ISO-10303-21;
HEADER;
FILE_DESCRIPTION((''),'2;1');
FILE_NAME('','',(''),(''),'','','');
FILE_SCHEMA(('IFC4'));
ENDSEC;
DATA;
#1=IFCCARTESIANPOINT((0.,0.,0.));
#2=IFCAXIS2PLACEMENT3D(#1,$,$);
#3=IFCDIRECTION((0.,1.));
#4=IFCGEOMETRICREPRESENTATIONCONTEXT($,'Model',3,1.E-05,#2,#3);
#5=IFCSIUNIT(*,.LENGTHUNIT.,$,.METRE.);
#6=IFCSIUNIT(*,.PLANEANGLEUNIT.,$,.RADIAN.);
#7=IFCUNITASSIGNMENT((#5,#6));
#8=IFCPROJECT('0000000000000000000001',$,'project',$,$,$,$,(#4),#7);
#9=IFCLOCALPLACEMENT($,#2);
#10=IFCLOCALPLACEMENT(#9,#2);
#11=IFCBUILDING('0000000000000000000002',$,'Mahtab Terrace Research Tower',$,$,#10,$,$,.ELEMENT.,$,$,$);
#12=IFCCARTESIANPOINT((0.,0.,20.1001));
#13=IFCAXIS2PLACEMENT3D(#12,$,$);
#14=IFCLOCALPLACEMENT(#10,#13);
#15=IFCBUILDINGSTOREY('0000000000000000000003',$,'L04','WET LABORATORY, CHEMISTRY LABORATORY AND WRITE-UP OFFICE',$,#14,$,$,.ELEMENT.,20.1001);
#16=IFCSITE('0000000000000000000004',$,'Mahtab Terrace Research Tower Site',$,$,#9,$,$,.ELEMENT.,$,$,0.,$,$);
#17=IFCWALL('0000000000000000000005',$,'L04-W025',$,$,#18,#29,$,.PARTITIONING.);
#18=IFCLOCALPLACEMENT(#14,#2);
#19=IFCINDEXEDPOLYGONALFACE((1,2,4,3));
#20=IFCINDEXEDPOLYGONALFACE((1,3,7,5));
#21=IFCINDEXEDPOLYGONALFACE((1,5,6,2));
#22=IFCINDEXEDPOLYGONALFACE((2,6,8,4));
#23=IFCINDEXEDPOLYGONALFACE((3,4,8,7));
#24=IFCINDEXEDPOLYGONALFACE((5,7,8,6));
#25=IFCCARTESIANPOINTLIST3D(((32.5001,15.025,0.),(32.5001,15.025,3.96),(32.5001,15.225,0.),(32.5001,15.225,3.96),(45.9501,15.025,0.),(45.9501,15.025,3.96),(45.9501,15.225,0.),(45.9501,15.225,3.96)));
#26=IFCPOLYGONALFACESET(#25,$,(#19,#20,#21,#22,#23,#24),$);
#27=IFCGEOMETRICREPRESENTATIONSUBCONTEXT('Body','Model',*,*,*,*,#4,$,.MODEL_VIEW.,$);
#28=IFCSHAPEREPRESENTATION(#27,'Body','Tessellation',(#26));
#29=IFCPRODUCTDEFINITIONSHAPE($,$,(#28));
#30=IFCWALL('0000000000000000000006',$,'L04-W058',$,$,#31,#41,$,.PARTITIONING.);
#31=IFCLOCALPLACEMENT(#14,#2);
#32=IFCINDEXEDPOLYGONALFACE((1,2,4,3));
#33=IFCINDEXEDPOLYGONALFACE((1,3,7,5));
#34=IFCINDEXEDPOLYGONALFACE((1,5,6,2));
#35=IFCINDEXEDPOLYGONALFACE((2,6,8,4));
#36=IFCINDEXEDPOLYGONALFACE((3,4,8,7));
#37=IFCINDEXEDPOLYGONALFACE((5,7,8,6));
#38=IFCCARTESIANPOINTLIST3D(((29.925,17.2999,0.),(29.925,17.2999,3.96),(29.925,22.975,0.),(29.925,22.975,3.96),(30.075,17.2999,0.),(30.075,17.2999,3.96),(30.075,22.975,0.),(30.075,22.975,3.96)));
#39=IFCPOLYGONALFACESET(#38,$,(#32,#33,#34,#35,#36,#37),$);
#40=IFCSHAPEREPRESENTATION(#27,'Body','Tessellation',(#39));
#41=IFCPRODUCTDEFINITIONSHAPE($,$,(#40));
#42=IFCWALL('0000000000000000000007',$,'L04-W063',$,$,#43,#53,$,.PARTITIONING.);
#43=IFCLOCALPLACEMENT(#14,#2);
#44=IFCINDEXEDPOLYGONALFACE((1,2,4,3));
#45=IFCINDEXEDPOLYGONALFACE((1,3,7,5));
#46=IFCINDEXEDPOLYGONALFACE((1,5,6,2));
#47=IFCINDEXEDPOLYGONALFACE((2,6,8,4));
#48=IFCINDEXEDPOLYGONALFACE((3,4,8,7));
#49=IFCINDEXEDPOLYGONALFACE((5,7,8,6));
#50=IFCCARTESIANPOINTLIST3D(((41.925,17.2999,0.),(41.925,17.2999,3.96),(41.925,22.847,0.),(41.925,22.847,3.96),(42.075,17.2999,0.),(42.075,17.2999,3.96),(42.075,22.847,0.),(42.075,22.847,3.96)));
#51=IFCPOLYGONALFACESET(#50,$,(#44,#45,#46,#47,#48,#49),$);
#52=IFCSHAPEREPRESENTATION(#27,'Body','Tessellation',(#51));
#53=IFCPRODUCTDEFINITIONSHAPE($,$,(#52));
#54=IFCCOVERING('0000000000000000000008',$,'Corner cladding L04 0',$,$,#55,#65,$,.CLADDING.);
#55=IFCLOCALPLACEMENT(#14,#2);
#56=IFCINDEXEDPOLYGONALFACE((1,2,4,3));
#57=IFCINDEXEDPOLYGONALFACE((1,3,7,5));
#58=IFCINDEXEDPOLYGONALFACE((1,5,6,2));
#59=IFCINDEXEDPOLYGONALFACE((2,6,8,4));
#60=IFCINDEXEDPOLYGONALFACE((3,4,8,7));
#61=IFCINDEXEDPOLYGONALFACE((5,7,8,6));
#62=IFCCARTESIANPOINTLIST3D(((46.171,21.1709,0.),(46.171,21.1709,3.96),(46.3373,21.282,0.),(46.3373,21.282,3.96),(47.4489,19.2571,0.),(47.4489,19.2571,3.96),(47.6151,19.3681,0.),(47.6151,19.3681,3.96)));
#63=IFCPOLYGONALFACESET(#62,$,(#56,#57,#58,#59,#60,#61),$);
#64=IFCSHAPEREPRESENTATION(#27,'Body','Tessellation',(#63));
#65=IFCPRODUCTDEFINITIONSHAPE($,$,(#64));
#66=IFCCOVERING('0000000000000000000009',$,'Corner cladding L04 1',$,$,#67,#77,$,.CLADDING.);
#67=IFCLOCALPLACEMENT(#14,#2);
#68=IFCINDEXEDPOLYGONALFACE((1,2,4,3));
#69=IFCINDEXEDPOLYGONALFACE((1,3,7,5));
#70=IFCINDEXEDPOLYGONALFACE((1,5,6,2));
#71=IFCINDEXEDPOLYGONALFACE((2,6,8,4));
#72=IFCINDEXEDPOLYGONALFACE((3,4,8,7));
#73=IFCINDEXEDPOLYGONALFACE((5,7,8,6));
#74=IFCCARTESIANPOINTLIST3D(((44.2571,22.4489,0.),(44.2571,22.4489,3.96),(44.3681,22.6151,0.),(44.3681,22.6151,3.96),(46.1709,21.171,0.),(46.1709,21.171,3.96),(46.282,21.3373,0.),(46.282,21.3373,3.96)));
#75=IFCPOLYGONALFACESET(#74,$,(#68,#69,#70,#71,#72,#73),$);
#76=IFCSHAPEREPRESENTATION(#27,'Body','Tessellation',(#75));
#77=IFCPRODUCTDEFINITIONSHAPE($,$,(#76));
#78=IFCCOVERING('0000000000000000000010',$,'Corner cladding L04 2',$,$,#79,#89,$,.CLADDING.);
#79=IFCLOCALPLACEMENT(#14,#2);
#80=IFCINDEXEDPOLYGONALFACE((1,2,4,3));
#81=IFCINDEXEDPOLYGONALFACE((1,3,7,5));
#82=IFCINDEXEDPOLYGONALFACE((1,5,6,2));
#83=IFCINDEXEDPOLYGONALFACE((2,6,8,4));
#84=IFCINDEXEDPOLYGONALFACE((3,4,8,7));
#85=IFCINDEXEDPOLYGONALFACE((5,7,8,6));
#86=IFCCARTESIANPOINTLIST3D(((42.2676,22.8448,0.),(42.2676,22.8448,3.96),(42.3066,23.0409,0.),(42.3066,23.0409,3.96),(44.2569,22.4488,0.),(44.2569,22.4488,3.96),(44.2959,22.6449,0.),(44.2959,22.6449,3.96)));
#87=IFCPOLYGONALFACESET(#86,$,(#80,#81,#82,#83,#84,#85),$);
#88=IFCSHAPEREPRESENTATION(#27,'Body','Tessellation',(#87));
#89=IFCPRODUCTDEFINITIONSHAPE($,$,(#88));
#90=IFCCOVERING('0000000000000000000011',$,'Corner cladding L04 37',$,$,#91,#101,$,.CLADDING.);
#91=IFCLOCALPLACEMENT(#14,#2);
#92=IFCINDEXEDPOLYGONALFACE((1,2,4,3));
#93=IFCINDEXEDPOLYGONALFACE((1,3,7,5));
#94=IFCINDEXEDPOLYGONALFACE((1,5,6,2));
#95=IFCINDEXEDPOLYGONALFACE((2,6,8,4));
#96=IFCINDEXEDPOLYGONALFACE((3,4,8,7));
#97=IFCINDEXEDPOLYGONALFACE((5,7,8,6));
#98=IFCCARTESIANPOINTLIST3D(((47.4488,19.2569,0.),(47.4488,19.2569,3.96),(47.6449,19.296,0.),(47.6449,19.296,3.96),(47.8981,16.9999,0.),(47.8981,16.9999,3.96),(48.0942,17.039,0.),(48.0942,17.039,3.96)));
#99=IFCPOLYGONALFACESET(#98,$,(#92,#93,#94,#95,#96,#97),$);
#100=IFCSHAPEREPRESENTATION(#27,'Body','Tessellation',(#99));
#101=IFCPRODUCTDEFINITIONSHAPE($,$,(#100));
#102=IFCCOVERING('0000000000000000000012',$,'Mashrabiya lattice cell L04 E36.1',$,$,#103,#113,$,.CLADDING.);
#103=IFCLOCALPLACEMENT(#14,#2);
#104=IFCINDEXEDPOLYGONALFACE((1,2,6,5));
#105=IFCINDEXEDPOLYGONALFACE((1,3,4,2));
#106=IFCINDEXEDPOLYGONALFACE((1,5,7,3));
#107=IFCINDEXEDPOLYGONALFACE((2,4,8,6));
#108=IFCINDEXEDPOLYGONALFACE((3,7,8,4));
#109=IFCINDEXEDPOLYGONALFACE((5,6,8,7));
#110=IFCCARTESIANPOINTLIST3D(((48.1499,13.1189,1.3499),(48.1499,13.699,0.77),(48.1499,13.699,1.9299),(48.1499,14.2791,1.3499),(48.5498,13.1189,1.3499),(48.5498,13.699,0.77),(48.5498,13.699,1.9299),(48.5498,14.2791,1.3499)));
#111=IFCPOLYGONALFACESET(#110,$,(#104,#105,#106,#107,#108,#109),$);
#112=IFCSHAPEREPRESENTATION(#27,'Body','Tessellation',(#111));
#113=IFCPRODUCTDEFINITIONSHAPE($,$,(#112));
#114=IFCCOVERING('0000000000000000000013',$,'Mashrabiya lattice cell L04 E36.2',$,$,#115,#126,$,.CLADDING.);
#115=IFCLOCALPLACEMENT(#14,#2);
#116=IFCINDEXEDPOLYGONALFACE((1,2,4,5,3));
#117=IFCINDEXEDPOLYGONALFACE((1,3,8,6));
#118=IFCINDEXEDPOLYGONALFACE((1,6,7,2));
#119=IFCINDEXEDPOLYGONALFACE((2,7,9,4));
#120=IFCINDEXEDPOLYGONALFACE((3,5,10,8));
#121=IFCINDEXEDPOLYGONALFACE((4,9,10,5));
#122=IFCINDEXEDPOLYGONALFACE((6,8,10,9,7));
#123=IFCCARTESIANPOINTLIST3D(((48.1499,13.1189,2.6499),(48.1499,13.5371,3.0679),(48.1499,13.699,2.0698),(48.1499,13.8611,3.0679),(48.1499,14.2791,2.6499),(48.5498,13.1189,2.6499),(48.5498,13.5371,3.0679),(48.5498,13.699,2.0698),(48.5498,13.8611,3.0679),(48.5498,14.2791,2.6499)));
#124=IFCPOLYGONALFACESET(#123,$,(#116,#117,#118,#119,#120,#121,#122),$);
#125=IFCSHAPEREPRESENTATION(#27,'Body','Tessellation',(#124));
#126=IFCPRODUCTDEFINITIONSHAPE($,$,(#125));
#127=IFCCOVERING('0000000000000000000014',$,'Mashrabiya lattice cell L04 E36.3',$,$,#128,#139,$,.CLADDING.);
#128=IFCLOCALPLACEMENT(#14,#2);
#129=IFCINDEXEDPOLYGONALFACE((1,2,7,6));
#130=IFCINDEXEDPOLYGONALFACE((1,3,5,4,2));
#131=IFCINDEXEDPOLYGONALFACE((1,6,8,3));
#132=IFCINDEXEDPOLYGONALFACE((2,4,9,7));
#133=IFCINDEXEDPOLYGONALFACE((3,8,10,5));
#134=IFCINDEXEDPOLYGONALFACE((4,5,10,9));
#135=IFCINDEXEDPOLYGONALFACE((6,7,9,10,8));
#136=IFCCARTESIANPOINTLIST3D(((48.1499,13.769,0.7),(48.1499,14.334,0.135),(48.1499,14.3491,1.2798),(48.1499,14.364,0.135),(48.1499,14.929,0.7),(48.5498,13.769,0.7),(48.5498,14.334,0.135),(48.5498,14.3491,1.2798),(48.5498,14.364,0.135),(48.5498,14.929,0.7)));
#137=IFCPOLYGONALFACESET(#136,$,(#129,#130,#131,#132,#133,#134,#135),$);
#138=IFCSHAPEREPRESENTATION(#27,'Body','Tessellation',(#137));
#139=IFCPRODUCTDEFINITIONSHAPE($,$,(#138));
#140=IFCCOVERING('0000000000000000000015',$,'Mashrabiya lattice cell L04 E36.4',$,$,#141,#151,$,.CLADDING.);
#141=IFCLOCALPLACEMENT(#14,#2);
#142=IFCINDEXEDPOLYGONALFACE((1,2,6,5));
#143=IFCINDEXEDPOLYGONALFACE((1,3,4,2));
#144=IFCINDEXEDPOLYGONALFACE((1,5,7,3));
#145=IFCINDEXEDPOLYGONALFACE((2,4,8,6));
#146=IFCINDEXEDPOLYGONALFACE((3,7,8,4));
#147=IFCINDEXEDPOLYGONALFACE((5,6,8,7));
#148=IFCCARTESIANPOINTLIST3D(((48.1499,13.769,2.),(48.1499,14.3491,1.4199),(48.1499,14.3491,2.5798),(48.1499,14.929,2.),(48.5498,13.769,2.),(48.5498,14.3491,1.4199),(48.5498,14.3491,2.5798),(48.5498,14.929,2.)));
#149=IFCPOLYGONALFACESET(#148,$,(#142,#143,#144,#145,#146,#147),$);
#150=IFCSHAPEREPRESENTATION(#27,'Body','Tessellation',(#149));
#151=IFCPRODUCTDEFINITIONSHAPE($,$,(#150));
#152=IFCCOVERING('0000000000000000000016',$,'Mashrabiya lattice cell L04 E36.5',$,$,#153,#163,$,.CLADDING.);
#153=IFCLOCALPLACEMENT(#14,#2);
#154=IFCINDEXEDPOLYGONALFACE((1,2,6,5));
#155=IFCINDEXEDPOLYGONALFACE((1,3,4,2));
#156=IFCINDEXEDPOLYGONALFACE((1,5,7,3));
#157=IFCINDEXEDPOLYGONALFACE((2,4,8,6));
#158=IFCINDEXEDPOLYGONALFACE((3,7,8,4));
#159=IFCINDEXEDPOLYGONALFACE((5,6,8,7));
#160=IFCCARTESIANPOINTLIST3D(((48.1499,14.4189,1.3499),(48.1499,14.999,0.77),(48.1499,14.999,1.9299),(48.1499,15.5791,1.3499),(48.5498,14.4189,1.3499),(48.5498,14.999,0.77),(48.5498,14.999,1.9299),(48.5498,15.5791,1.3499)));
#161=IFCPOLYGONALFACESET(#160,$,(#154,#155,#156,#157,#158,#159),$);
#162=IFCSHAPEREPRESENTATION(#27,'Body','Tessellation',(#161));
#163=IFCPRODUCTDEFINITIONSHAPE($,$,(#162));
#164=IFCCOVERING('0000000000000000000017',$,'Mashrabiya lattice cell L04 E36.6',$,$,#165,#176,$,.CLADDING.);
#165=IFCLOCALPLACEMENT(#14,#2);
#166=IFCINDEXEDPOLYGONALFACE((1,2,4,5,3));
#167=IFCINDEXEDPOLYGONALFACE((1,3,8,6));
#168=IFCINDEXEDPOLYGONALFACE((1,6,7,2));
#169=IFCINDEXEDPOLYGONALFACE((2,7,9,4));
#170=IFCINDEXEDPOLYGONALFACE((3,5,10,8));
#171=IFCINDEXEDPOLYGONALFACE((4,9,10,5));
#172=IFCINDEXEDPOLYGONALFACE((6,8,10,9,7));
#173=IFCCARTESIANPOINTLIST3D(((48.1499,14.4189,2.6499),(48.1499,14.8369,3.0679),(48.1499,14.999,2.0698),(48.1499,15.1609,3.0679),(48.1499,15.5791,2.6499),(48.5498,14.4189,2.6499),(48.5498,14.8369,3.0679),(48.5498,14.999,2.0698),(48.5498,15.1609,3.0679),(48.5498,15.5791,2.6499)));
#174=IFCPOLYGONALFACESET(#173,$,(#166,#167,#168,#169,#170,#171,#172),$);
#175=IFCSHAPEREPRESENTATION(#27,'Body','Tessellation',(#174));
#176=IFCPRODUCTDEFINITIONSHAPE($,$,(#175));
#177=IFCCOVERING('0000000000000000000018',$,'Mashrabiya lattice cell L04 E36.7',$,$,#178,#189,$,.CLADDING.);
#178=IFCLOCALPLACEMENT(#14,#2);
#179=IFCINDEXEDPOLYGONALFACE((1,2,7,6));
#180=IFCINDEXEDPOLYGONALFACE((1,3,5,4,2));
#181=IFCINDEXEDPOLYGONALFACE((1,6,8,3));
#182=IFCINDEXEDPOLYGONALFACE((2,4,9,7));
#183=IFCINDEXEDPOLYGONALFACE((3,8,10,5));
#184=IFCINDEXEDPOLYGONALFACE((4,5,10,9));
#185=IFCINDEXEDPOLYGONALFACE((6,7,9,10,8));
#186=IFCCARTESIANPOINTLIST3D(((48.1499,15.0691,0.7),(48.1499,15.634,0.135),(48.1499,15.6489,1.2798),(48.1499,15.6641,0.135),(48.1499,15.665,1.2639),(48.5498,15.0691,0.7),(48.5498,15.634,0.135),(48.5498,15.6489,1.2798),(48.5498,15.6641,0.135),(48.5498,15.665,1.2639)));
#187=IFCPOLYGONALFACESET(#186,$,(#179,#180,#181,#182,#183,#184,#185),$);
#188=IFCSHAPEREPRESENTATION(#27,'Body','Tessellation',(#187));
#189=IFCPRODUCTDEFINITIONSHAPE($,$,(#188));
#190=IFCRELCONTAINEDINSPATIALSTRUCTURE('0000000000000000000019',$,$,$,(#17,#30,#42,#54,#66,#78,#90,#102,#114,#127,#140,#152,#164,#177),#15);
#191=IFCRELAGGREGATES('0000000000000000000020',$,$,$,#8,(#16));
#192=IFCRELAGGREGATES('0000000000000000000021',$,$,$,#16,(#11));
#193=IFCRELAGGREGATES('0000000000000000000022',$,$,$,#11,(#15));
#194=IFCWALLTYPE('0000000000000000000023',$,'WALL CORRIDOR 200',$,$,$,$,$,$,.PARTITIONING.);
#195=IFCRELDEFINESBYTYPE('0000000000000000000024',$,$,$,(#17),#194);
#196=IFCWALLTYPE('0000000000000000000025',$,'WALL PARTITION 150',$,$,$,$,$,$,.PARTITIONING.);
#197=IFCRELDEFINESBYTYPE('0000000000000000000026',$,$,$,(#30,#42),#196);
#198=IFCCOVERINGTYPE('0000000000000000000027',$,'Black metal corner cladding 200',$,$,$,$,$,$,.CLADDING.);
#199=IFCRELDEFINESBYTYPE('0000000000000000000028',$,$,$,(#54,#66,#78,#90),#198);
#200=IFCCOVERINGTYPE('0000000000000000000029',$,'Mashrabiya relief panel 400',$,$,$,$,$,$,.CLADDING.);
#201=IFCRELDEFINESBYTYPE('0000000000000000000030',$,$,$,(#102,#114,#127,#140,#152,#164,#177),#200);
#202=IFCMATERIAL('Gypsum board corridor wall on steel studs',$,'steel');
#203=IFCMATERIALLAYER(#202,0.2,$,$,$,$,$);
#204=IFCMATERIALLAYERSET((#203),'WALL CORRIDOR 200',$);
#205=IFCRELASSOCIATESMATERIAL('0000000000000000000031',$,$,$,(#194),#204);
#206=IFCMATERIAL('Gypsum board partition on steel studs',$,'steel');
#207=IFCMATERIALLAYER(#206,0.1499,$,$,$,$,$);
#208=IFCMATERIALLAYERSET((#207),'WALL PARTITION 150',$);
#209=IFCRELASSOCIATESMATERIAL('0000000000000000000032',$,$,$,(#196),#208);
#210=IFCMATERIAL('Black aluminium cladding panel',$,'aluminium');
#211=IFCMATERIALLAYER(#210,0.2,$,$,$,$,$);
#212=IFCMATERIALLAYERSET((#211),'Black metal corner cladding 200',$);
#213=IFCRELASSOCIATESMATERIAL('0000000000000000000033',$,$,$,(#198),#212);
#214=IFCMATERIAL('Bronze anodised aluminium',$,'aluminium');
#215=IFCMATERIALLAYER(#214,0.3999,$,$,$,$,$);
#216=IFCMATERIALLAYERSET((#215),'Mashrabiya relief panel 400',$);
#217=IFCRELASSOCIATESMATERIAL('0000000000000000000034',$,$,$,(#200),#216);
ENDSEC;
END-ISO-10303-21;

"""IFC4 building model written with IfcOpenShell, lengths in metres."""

from ifc_helpers import new_model, si_unit, direction, frame, frame_2d, origin, origin_2d, place, context, subcontext, project, spatial, polyline, rectangle, outline, extrude, material, layer, layer_set, type_object, element, save


model = new_model("IFC4")

# Units and contexts
model_context = context("Model", 3, precision=1e-05, world=origin(), true_north=direction((0.0, 1.0)))
body_context = subcontext(model_context, "Body", "Model", "MODEL_VIEW")
ifc_project = project(units=[si_unit("LENGTHUNIT", "METRE"), si_unit("PLANEANGLEUNIT", "RADIAN")], contexts=[model_context])

# Site, building, storey
site_placement = place(None, origin())
site = spatial("IfcSite", under=ifc_project, at=site_placement, Name="Mahtab Terrace Research Tower Site", CompositionType="ELEMENT", RefElevation=0.0)
building_placement = place(site_placement, origin())
building = spatial("IfcBuilding", under=site, at=building_placement, Name="Mahtab Terrace Research Tower", CompositionType="ELEMENT")
storey_placement = place(building_placement, frame((0.0, 0.0, 20.1001)))
storey = spatial("IfcBuildingStorey", under=building, at=storey_placement, Name="L04", Description="WET LABORATORY, CHEMISTRY LABORATORY AND WRITE-UP OFFICE", CompositionType="ELEMENT", Elevation=20.1001)

# Walls
ifc_material_1 = material(Name="Black aluminium cladding panel", Category="aluminium")
ifc_material_2 = material(Name="Gypsum board corridor wall on steel studs", Category="steel")
ifc_layer_1 = layer(ifc_material_2, 0.2)
ifc_layer_set_1 = layer_set([ifc_layer_1], Name="WALL CORRIDOR 200")
wall_type_1 = type_object("IfcWallType", Name="WALL CORRIDOR 200", PredefinedType="PARTITIONING", material=ifc_layer_set_1)
wall_1_placement = place(storey_placement, frame((32.5, 15.125, 0.0), z_axis=(0.0, 0.0, 1.0), x_axis=(1.0, 0.0, 0.0)))
element("IfcWall", 1, at=wall_1_placement, inside=storey, type_object=wall_type_1, Name="L04-W025", PredefinedType="PARTITIONING", context=body_context, shape_type="SweptSolid", body=[
    extrude(rectangle(XDim=13.45, YDim=0.2, at=frame_2d((6.7251, 0.0))), origin(), (0.0, 0.0, 1.0), 3.96),
])
ifc_material_3 = material(Name="Gypsum board partition on steel studs", Category="steel")
ifc_layer_2 = layer(ifc_material_3, 0.1499)
ifc_layer_set_2 = layer_set([ifc_layer_2], Name="WALL PARTITION 150")
wall_type_2 = type_object("IfcWallType", Name="WALL PARTITION 150", PredefinedType="PARTITIONING", material=ifc_layer_set_2)
wall_2_placement = place(storey_placement, frame((30.0, 17.3, 0.0), z_axis=(0.0, 0.0, 1.0), x_axis=(0.0, 1.0, 0.0)))
element("IfcWall", 2, at=wall_2_placement, inside=storey, type_object=wall_type_2, Name="L04-W058", PredefinedType="PARTITIONING", context=body_context, shape_type="SweptSolid", body=[
    extrude(rectangle(XDim=5.675, YDim=0.1499, at=frame_2d((2.8374, 0.0))), origin(), (0.0, 0.0, 1.0), 3.96),
])
wall_3_placement = place(storey_placement, frame((42.0, 17.3, 0.0), z_axis=(0.0, 0.0, 1.0), x_axis=(0.0, 1.0, 0.0)))
element("IfcWall", 3, at=wall_3_placement, inside=storey, type_object=wall_type_2, Name="L04-W063", PredefinedType="PARTITIONING", context=body_context, shape_type="SweptSolid", body=[
    extrude(rectangle(XDim=5.5471, YDim=0.1499, at=frame_2d((2.7734, 0.0))), origin(), (0.0, 0.0, 1.0), 3.96),
])

# Coverings
ifc_layer_3 = layer(ifc_material_1, 0.2)
ifc_layer_set_3 = layer_set([ifc_layer_3], Name="Black metal corner cladding 200")
covering_type_1 = type_object("IfcCoveringType", Name="Black metal corner cladding 200", PredefinedType="CLADDING", material=ifc_layer_set_3)
for number, where, z_axis, x_axis, name in (
    (4, (46.8931, 20.2695, 0.0), (0.0, 0.0, 1.0), (-0.555291, 0.831656, 0.0), "Corner cladding L04 0"),
    (5, (45.2695, 21.8931, 0.0), (0.0, 0.0, 1.0), (-0.831656, 0.555291, 0.0), "Corner cladding L04 1"),
):
    element("IfcCovering", number, at=place(storey_placement, frame(where, z_axis=z_axis, x_axis=x_axis)), inside=storey, type_object=covering_type_1, Name=name, PredefinedType="CLADDING", context=body_context, shape_type="SweptSolid", body=[
        extrude(rectangle(XDim=2.3013, YDim=0.2, at=origin_2d()), origin(), (0.0, 0.0, 1.0), 3.96),
    ])
covering_1_placement = place(storey_placement, frame((43.2817, 22.7449, 0.0), z_axis=(0.0, 0.0, 1.0), x_axis=(-0.980761, 0.195212, 0.0)))
element("IfcCovering", 6, at=covering_1_placement, inside=storey, type_object=covering_type_1, Name="Corner cladding L04 2", PredefinedType="CLADDING", context=body_context, shape_type="SweptSolid", body=[
    extrude(rectangle(XDim=2.0283, YDim=0.2, at=origin_2d()), origin(), (0.0, 0.0, 1.0), 3.96),
])
covering_2_placement = place(storey_placement, frame((47.7715, 18.1479, 0.0), z_axis=(0.0, 0.0, 1.0), x_axis=(-0.195212, 0.980761, 0.0)))
element("IfcCovering", 7, at=covering_2_placement, inside=storey, type_object=covering_type_1, Name="Corner cladding L04 37", PredefinedType="CLADDING", context=body_context, shape_type="SweptSolid", body=[
    extrude(rectangle(XDim=2.3013, YDim=0.2, at=origin_2d()), origin(), (0.0, 0.0, 1.0), 3.96),
])
ifc_material_4 = material(Name="Bronze anodised aluminium", Category="aluminium")
ifc_layer_4 = layer(ifc_material_4, 0.3999)
ifc_layer_set_4 = layer_set([ifc_layer_4], Name="Mashrabiya relief panel 400")
covering_type_2 = type_object("IfcCoveringType", Name="Mashrabiya relief panel 400", PredefinedType="CLADDING", material=ifc_layer_set_4)
covering_3_placement = place(storey_placement, frame((48.1499, 13.699, 1.9299), z_axis=(-1.0, 0.0, 0.0), x_axis=(0.0, 0.707107, -0.707107)))
element("IfcCovering", 8, at=covering_3_placement, inside=storey, type_object=covering_type_2, Name="Mashrabiya lattice cell L04 E36.1", PredefinedType="CLADDING", context=body_context, shape_type="SweptSolid", body=[
    extrude(outline(polyline([(0.0, 0.0), (0.8204, 0.0), (0.8202, 0.8202), (0.0, 0.8204), (0.0, 0.0)])), origin(), (0.0, 0.0, -1.0), 0.3999),
])
covering_4_placement = place(storey_placement, frame((48.1499, 14.2791, 2.6499), z_axis=(-1.0, 0.0, 0.0), x_axis=(0.0, -0.707107, -0.707107)))
element("IfcCovering", 9, at=covering_4_placement, inside=storey, type_object=covering_type_2, Name="Mashrabiya lattice cell L04 E36.2", PredefinedType="CLADDING", context=body_context, shape_type="SweptSolid", body=[
    extrude(outline(polyline([(0.0, 0.0), (0.8204, 0.0), (0.8204, 0.8204), (0.2291, 0.8202), (0.0, 0.5911), (0.0, 0.0)])), origin(), (0.0, 0.0, -1.0), 0.3999),
])
covering_5_placement = place(storey_placement, frame((48.1499, 13.769, 0.7), z_axis=(-1.0, 0.0, 0.0), x_axis=(0.0, 0.707256, 0.706958)))
element("IfcCovering", 10, at=covering_5_placement, inside=storey, type_object=covering_type_2, Name="Mashrabiya lattice cell L04 E36.3", PredefinedType="CLADDING", context=body_context, shape_type="SweptSolid", body=[
    extrude(outline(polyline([(0.0, 0.0), (0.8202, 0.0), (0.8204, 0.82), (0.0214, 0.8202), (0.0002, 0.7989), (0.0, 0.0)])), origin(), (0.0, 0.0, -1.0), 0.3999),
])
covering_6_placement = place(storey_placement, frame((48.1499, 14.3491, 2.5798), z_axis=(-1.0, 0.0, 0.0), x_axis=(0.0, 0.707107, -0.707107)))
element("IfcCovering", 11, at=covering_6_placement, inside=storey, type_object=covering_type_2, Name="Mashrabiya lattice cell L04 E36.4", PredefinedType="CLADDING", context=body_context, shape_type="SweptSolid", body=[
    extrude(outline(polyline([(0.0, 0.0), (0.82, 0.0), (0.8202, 0.8202), (-0.0002, 0.8202), (0.0, 0.0)])), origin(), (0.0, 0.0, -1.0), 0.3999),
])
covering_7_placement = place(storey_placement, frame((48.1499, 14.999, 1.9299), z_axis=(-1.0, 0.0, 0.0), x_axis=(0.0, 0.707107, -0.707107)))
element("IfcCovering", 12, at=covering_7_placement, inside=storey, type_object=covering_type_2, Name="Mashrabiya lattice cell L04 E36.5", PredefinedType="CLADDING", context=body_context, shape_type="SweptSolid", body=[
    extrude(outline(polyline([(0.0, 0.0), (0.8204, 0.0), (0.8202, 0.8202), (0.0, 0.8204), (0.0, 0.0)])), origin(), (0.0, 0.0, -1.0), 0.3999),
])
covering_8_placement = place(storey_placement, frame((48.1499, 15.5791, 2.6499), z_axis=(-1.0, 0.0, 0.0), x_axis=(0.0, -0.707107, -0.707107)))
element("IfcCovering", 13, at=covering_8_placement, inside=storey, type_object=covering_type_2, Name="Mashrabiya lattice cell L04 E36.6", PredefinedType="CLADDING", context=body_context, shape_type="SweptSolid", body=[
    extrude(outline(polyline([(0.0, 0.0), (0.8204, 0.0), (0.8204, 0.8204), (0.2293, 0.8204), (0.0002, 0.5913), (0.0, 0.0)])), origin(), (0.0, 0.0, -1.0), 0.3999),
])
covering_9_placement = place(storey_placement, frame((48.1499, 15.0691, 0.7), z_axis=(-1.0, 0.0, 0.0), x_axis=(0.0, 0.707107, 0.707107)))
element("IfcCovering", 14, at=covering_9_placement, inside=storey, type_object=covering_type_2, Name="Mashrabiya lattice cell L04 E36.7", PredefinedType="CLADDING", context=body_context, shape_type="SweptSolid", body=[
    extrude(outline(polyline([(0.0, 0.0), (0.82, 0.0), (0.8202, 0.0226), (0.0212, 0.8202), (0.0, 0.7989), (0.0, 0.0)])), origin(), (0.0, 0.0, -1.0), 0.3999),
])

save(model, "model.ifc")
